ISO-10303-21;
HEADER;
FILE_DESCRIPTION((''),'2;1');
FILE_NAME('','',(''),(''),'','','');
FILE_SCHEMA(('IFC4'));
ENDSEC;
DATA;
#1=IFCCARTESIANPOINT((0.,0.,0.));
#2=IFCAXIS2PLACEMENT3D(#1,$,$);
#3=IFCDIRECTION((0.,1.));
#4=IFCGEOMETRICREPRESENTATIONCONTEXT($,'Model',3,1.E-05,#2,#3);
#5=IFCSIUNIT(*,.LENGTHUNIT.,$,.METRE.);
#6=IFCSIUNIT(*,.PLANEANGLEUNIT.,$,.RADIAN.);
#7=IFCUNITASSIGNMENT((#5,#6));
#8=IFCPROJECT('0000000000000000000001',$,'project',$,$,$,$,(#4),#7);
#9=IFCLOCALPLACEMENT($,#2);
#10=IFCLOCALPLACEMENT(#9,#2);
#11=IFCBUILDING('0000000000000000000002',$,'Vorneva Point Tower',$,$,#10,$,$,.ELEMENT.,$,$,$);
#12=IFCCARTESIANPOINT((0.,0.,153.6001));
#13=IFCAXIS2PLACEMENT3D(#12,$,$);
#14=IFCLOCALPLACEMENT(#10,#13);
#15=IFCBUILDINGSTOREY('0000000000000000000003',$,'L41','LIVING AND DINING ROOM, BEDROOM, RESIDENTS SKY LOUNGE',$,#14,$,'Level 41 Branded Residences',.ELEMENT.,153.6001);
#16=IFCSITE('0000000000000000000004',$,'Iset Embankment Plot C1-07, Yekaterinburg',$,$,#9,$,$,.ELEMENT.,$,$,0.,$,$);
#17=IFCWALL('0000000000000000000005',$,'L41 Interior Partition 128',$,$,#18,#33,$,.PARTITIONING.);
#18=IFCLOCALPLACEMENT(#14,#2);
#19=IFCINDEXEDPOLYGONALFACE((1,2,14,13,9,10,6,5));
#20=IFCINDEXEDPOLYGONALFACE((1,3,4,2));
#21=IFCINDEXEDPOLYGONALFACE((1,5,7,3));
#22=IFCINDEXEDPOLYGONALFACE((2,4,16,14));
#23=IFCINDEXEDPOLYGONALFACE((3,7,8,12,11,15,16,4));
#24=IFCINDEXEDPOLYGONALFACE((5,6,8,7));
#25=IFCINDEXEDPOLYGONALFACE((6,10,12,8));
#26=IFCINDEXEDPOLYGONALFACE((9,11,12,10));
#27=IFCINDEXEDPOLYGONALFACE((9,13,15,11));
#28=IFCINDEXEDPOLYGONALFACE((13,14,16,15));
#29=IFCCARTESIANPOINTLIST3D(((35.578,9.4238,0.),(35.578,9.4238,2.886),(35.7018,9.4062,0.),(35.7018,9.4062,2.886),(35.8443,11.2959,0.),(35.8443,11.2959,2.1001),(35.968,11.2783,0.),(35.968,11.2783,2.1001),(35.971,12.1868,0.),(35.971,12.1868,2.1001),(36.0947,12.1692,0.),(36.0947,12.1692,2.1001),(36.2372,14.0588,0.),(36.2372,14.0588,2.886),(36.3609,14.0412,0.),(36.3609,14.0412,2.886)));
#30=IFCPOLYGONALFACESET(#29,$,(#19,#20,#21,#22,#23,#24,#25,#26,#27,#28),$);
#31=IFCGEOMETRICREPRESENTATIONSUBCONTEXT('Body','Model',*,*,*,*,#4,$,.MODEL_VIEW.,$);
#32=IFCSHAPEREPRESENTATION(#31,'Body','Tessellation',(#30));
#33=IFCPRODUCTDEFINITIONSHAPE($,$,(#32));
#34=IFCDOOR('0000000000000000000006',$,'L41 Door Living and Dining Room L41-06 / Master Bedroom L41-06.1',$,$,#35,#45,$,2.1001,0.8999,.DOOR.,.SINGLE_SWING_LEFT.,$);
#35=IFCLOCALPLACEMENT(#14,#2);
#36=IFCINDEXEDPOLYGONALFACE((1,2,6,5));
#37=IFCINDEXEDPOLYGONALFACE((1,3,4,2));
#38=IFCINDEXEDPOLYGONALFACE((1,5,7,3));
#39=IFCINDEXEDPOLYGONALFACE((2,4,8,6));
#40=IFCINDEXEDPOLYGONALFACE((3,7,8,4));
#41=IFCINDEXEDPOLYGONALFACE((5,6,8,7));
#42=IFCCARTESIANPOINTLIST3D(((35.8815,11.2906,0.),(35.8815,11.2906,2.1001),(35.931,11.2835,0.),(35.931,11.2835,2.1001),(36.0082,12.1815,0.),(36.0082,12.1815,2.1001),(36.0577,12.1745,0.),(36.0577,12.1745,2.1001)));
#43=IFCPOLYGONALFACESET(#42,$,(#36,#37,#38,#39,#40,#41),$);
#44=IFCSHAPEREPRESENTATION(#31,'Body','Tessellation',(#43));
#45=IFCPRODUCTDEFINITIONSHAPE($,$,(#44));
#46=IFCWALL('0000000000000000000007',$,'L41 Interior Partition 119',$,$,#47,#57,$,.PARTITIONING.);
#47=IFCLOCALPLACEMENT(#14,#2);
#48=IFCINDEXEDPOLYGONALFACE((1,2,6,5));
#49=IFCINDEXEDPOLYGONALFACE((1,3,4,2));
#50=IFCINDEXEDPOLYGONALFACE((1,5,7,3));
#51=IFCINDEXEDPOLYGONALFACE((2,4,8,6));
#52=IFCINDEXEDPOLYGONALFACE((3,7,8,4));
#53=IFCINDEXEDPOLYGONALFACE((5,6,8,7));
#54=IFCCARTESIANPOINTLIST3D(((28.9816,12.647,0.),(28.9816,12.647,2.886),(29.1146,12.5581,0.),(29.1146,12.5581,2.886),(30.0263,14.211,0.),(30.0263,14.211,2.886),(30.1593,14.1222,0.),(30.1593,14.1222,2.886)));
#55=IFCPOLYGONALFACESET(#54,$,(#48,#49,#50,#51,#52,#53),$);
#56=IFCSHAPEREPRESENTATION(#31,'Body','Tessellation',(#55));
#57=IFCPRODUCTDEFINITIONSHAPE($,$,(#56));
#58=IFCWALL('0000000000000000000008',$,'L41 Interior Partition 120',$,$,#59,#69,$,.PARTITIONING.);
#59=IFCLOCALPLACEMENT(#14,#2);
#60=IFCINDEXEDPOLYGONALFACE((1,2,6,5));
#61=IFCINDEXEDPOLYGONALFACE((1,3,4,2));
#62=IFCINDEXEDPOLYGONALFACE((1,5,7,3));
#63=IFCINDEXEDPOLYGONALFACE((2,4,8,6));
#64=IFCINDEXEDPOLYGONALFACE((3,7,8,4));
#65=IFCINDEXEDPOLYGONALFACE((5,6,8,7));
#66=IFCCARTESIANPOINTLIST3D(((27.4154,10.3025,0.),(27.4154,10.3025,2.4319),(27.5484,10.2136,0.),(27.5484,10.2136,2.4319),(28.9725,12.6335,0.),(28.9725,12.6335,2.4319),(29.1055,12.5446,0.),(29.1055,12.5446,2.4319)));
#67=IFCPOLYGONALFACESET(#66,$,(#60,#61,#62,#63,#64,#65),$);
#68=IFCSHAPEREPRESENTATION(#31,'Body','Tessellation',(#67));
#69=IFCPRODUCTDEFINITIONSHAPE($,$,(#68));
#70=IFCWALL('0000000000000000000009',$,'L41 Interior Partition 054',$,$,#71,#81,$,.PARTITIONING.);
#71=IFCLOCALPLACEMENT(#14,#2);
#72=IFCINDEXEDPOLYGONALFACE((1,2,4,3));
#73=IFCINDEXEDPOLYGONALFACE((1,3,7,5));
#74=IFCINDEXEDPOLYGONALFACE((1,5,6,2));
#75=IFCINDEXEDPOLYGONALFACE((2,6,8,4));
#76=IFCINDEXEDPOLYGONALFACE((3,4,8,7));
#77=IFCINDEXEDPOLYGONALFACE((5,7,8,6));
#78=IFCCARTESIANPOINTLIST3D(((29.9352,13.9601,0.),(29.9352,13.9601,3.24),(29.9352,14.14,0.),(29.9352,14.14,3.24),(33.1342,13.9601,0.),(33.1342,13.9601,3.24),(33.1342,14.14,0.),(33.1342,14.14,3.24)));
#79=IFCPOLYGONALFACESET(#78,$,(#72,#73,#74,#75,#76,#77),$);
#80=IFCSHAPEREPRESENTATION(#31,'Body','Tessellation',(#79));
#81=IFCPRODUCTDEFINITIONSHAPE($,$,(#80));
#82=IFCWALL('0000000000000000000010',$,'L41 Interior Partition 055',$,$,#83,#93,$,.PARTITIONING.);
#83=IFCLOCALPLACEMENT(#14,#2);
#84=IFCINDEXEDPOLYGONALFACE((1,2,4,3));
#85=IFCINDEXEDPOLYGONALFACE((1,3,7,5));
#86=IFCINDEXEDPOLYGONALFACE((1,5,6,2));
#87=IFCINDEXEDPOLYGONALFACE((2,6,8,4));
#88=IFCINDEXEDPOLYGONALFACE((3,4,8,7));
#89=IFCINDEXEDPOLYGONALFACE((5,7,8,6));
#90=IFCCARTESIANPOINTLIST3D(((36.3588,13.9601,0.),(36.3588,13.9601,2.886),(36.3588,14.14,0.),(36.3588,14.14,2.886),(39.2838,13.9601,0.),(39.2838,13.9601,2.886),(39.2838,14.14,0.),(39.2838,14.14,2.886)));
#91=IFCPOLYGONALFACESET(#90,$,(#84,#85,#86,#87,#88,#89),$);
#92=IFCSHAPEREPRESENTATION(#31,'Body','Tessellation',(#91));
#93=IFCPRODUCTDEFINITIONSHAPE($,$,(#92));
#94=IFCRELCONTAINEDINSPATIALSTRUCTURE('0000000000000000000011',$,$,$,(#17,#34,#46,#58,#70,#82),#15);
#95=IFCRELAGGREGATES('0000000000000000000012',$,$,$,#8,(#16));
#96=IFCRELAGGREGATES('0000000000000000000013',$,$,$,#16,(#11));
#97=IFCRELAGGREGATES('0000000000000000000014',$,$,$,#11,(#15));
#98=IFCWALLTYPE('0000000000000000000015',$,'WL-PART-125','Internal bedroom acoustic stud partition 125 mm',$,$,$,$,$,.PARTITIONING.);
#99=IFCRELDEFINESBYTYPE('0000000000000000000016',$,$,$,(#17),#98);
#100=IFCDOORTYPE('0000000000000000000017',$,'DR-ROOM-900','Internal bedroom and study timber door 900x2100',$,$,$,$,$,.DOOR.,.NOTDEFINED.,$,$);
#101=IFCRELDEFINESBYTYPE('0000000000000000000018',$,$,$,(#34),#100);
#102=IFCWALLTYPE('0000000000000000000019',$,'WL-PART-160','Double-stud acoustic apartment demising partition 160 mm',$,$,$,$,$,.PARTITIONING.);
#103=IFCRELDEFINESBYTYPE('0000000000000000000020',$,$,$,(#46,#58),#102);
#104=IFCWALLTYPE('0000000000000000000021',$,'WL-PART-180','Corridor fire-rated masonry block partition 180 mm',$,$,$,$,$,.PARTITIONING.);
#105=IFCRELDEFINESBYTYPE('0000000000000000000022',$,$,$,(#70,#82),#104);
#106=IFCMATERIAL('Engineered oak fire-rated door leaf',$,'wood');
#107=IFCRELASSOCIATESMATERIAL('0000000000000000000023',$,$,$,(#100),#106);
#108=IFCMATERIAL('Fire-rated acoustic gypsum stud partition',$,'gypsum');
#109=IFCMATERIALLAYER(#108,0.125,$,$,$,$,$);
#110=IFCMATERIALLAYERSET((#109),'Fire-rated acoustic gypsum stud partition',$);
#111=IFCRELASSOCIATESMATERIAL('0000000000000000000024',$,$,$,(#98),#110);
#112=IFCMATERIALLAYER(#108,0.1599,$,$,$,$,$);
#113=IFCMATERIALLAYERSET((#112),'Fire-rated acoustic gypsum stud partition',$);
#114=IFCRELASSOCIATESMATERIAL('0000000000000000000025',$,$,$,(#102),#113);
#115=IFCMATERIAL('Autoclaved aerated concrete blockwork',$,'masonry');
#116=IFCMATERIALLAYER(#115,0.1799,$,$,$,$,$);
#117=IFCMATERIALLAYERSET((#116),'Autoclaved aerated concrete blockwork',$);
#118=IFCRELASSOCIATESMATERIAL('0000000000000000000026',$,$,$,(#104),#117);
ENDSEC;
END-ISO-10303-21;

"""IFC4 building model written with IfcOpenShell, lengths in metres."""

from ifc_helpers import new_model, si_unit, direction, frame, frame_2d, origin, place, context, subcontext, project, spatial, rectangle, extrude, material, layer, layer_set, type_object, element, fill, save


model = new_model("IFC4")

# Units and contexts
model_context = context("Model", 3, precision=1e-05, world=origin(), true_north=direction((0.0, 1.0)))
body_context = subcontext(model_context, "Body", "Model", "MODEL_VIEW")
ifc_project = project(units=[si_unit("LENGTHUNIT", "METRE"), si_unit("PLANEANGLEUNIT", "RADIAN")], contexts=[model_context])

# Site, building, storey
site_placement = place(None, origin())
site = spatial("IfcSite", under=ifc_project, at=site_placement, Name="Iset Embankment Plot C1-07, Yekaterinburg", CompositionType="ELEMENT", RefElevation=0.0)
building_placement = place(site_placement, origin())
building = spatial("IfcBuilding", under=site, at=building_placement, Name="Vorneva Point Tower", CompositionType="ELEMENT")
storey_placement = place(building_placement, frame((0.0, 0.0, 153.6001)))
storey = spatial("IfcBuildingStorey", under=building, at=storey_placement, Name="L41", Description="LIVING AND DINING ROOM, BEDROOM, RESIDENTS SKY LOUNGE", LongName="Level 41 Branded Residences", CompositionType="ELEMENT", Elevation=153.6001)

# Shared definitions
ifc_material_1 = material(Name="Fire-rated acoustic gypsum stud partition", Category="gypsum")
ifc_material_2 = material(Name="Engineered oak fire-rated door leaf", Category="wood")

# Shared definitions
door_type_1 = type_object("IfcDoorType", Name="DR-ROOM-900", Description="Internal bedroom and study timber door 900x2100", OperationType="NOTDEFINED", PredefinedType="DOOR", material=ifc_material_2)

# Shared definitions
ifc_layer_1 = layer(ifc_material_1, 0.125)
ifc_layer_set_1 = layer_set([ifc_layer_1], Name="Fire-rated acoustic gypsum stud partition")
wall_type_1 = type_object("IfcWallType", Name="WL-PART-125", Description="Internal bedroom acoustic stud partition 125 mm", PredefinedType="PARTITIONING", material=ifc_layer_set_1)

# Wall, opening, door
wall_1_placement = place(storey_placement, frame((35.6399, 9.415, 0.0), z_axis=(0.0, 0.0, 1.0), x_axis=(0.140801, 0.990038, 0.0)))
wall_1 = element("IfcWall", 1, at=wall_1_placement, inside=storey, type_object=wall_type_1, Name="L41 Interior Partition 128", PredefinedType="PARTITIONING", context=body_context, shape_type="SweptSolid", body=[
    extrude(rectangle(XDim=4.6816, YDim=0.125, at=frame_2d((2.3408, 0.0))), origin(), (0.0, 0.0, 1.0), 2.886),
])
opening_1_placement = place(wall_1_placement, frame((1.8909, 0.0, 0.0)))
opening_1 = element("IfcOpeningElement", 2, at=opening_1_placement, cuts=wall_1, PredefinedType="OPENING", context=body_context, shape_type="SweptSolid", body=[
    extrude(rectangle(XDim=0.8999, YDim=2.1001, at=frame_2d((0.45, 1.05))), frame((0.0, 0.0774, 0.0), z_axis=(0.0, -1.0, 0.0), x_axis=(1.0, 0.0, 0.0)), (0.0, 0.0, 1.0), 0.1548),
])
door_1_placement = place(opening_1_placement, origin())
door_1 = element("IfcDoor", 3, at=door_1_placement, inside=storey, type_object=door_type_1, Name="L41 Door Living and Dining Room L41-06 / Master Bedroom L41-06.1", OperationType="SINGLE_SWING_LEFT", OverallHeight=2.1001, OverallWidth=0.8999, PredefinedType="DOOR", context=body_context, shape_type="SweptSolid", body=[
    extrude(rectangle(XDim=0.8999, YDim=2.1001, at=frame_2d((0.45, 1.05))), frame((0.0, 0.0249, 0.0), z_axis=(0.0, -1.0, 0.0), x_axis=(1.0, 0.0, 0.0)), (0.0, 0.0, 1.0), 0.05),
])
fill(opening_1, door_1)

# Walls
ifc_layer_2 = layer(ifc_material_1, 0.1599)
ifc_layer_set_2 = layer_set([ifc_layer_2], Name="Fire-rated acoustic gypsum stud partition")
wall_type_2 = type_object("IfcWallType", Name="WL-PART-160", Description="Double-stud acoustic apartment demising partition 160 mm", PredefinedType="PARTITIONING", material=ifc_layer_set_2)
wall_2_placement = place(storey_placement, frame((29.0481, 12.6025, 0.0), z_axis=(0.0, 0.0, 1.0), x_axis=(0.555449, 0.831551, 0.0)))
element("IfcWall", 4, at=wall_2_placement, inside=storey, type_object=wall_type_2, Name="L41 Interior Partition 119", PredefinedType="PARTITIONING", context=body_context, shape_type="SweptSolid", body=[
    extrude(rectangle(XDim=1.8809, YDim=0.1599, at=frame_2d((0.9404, 0.0))), origin(), (0.0, 0.0, 1.0), 2.886),
])
wall_3_placement = place(storey_placement, frame((27.4819, 10.2581, 0.0), z_axis=(0.0, 0.0, 1.0), x_axis=(0.555464, 0.831541, 0.0)))
element("IfcWall", 5, at=wall_3_placement, inside=storey, type_object=wall_type_2, Name="L41 Interior Partition 120", PredefinedType="PARTITIONING", context=body_context, shape_type="SweptSolid", body=[
    extrude(rectangle(XDim=2.8032, YDim=0.1599, at=frame_2d((1.4016, 0.0))), origin(), (0.0, 0.0, 1.0), 2.4319),
])

# Shared definitions
ifc_material_3 = material(Name="Autoclaved aerated concrete blockwork", Category="masonry")
ifc_layer_3 = layer(ifc_material_3, 0.1799)
ifc_layer_set_3 = layer_set([ifc_layer_3], Name="Autoclaved aerated concrete blockwork")
wall_type_3 = type_object("IfcWallType", Name="WL-PART-180", Description="Corridor fire-rated masonry block partition 180 mm", PredefinedType="PARTITIONING", material=ifc_layer_set_3)

# Walls
wall_4_placement = place(storey_placement, frame((29.9351, 14.05, 0.0), z_axis=(0.0, 0.0, 1.0), x_axis=(1.0, 0.0, 0.0)))
element("IfcWall", 6, at=wall_4_placement, inside=storey, type_object=wall_type_3, Name="L41 Interior Partition 054", PredefinedType="PARTITIONING", context=body_context, shape_type="SweptSolid", body=[
    extrude(rectangle(XDim=3.199, YDim=0.1799, at=frame_2d((1.5996, 0.0))), origin(), (0.0, 0.0, 1.0), 3.24),
])
wall_5_placement = place(storey_placement, frame((36.3589, 14.05, 0.0), z_axis=(0.0, 0.0, 1.0), x_axis=(1.0, 0.0, 0.0)))
element("IfcWall", 7, at=wall_5_placement, inside=storey, type_object=wall_type_3, Name="L41 Interior Partition 055", PredefinedType="PARTITIONING", context=body_context, shape_type="SweptSolid", body=[
    extrude(rectangle(XDim=2.925, YDim=0.1799, at=frame_2d((1.4624, 0.0))), origin(), (0.0, 0.0, 1.0), 2.886),
])

save(model, "model.ifc")
